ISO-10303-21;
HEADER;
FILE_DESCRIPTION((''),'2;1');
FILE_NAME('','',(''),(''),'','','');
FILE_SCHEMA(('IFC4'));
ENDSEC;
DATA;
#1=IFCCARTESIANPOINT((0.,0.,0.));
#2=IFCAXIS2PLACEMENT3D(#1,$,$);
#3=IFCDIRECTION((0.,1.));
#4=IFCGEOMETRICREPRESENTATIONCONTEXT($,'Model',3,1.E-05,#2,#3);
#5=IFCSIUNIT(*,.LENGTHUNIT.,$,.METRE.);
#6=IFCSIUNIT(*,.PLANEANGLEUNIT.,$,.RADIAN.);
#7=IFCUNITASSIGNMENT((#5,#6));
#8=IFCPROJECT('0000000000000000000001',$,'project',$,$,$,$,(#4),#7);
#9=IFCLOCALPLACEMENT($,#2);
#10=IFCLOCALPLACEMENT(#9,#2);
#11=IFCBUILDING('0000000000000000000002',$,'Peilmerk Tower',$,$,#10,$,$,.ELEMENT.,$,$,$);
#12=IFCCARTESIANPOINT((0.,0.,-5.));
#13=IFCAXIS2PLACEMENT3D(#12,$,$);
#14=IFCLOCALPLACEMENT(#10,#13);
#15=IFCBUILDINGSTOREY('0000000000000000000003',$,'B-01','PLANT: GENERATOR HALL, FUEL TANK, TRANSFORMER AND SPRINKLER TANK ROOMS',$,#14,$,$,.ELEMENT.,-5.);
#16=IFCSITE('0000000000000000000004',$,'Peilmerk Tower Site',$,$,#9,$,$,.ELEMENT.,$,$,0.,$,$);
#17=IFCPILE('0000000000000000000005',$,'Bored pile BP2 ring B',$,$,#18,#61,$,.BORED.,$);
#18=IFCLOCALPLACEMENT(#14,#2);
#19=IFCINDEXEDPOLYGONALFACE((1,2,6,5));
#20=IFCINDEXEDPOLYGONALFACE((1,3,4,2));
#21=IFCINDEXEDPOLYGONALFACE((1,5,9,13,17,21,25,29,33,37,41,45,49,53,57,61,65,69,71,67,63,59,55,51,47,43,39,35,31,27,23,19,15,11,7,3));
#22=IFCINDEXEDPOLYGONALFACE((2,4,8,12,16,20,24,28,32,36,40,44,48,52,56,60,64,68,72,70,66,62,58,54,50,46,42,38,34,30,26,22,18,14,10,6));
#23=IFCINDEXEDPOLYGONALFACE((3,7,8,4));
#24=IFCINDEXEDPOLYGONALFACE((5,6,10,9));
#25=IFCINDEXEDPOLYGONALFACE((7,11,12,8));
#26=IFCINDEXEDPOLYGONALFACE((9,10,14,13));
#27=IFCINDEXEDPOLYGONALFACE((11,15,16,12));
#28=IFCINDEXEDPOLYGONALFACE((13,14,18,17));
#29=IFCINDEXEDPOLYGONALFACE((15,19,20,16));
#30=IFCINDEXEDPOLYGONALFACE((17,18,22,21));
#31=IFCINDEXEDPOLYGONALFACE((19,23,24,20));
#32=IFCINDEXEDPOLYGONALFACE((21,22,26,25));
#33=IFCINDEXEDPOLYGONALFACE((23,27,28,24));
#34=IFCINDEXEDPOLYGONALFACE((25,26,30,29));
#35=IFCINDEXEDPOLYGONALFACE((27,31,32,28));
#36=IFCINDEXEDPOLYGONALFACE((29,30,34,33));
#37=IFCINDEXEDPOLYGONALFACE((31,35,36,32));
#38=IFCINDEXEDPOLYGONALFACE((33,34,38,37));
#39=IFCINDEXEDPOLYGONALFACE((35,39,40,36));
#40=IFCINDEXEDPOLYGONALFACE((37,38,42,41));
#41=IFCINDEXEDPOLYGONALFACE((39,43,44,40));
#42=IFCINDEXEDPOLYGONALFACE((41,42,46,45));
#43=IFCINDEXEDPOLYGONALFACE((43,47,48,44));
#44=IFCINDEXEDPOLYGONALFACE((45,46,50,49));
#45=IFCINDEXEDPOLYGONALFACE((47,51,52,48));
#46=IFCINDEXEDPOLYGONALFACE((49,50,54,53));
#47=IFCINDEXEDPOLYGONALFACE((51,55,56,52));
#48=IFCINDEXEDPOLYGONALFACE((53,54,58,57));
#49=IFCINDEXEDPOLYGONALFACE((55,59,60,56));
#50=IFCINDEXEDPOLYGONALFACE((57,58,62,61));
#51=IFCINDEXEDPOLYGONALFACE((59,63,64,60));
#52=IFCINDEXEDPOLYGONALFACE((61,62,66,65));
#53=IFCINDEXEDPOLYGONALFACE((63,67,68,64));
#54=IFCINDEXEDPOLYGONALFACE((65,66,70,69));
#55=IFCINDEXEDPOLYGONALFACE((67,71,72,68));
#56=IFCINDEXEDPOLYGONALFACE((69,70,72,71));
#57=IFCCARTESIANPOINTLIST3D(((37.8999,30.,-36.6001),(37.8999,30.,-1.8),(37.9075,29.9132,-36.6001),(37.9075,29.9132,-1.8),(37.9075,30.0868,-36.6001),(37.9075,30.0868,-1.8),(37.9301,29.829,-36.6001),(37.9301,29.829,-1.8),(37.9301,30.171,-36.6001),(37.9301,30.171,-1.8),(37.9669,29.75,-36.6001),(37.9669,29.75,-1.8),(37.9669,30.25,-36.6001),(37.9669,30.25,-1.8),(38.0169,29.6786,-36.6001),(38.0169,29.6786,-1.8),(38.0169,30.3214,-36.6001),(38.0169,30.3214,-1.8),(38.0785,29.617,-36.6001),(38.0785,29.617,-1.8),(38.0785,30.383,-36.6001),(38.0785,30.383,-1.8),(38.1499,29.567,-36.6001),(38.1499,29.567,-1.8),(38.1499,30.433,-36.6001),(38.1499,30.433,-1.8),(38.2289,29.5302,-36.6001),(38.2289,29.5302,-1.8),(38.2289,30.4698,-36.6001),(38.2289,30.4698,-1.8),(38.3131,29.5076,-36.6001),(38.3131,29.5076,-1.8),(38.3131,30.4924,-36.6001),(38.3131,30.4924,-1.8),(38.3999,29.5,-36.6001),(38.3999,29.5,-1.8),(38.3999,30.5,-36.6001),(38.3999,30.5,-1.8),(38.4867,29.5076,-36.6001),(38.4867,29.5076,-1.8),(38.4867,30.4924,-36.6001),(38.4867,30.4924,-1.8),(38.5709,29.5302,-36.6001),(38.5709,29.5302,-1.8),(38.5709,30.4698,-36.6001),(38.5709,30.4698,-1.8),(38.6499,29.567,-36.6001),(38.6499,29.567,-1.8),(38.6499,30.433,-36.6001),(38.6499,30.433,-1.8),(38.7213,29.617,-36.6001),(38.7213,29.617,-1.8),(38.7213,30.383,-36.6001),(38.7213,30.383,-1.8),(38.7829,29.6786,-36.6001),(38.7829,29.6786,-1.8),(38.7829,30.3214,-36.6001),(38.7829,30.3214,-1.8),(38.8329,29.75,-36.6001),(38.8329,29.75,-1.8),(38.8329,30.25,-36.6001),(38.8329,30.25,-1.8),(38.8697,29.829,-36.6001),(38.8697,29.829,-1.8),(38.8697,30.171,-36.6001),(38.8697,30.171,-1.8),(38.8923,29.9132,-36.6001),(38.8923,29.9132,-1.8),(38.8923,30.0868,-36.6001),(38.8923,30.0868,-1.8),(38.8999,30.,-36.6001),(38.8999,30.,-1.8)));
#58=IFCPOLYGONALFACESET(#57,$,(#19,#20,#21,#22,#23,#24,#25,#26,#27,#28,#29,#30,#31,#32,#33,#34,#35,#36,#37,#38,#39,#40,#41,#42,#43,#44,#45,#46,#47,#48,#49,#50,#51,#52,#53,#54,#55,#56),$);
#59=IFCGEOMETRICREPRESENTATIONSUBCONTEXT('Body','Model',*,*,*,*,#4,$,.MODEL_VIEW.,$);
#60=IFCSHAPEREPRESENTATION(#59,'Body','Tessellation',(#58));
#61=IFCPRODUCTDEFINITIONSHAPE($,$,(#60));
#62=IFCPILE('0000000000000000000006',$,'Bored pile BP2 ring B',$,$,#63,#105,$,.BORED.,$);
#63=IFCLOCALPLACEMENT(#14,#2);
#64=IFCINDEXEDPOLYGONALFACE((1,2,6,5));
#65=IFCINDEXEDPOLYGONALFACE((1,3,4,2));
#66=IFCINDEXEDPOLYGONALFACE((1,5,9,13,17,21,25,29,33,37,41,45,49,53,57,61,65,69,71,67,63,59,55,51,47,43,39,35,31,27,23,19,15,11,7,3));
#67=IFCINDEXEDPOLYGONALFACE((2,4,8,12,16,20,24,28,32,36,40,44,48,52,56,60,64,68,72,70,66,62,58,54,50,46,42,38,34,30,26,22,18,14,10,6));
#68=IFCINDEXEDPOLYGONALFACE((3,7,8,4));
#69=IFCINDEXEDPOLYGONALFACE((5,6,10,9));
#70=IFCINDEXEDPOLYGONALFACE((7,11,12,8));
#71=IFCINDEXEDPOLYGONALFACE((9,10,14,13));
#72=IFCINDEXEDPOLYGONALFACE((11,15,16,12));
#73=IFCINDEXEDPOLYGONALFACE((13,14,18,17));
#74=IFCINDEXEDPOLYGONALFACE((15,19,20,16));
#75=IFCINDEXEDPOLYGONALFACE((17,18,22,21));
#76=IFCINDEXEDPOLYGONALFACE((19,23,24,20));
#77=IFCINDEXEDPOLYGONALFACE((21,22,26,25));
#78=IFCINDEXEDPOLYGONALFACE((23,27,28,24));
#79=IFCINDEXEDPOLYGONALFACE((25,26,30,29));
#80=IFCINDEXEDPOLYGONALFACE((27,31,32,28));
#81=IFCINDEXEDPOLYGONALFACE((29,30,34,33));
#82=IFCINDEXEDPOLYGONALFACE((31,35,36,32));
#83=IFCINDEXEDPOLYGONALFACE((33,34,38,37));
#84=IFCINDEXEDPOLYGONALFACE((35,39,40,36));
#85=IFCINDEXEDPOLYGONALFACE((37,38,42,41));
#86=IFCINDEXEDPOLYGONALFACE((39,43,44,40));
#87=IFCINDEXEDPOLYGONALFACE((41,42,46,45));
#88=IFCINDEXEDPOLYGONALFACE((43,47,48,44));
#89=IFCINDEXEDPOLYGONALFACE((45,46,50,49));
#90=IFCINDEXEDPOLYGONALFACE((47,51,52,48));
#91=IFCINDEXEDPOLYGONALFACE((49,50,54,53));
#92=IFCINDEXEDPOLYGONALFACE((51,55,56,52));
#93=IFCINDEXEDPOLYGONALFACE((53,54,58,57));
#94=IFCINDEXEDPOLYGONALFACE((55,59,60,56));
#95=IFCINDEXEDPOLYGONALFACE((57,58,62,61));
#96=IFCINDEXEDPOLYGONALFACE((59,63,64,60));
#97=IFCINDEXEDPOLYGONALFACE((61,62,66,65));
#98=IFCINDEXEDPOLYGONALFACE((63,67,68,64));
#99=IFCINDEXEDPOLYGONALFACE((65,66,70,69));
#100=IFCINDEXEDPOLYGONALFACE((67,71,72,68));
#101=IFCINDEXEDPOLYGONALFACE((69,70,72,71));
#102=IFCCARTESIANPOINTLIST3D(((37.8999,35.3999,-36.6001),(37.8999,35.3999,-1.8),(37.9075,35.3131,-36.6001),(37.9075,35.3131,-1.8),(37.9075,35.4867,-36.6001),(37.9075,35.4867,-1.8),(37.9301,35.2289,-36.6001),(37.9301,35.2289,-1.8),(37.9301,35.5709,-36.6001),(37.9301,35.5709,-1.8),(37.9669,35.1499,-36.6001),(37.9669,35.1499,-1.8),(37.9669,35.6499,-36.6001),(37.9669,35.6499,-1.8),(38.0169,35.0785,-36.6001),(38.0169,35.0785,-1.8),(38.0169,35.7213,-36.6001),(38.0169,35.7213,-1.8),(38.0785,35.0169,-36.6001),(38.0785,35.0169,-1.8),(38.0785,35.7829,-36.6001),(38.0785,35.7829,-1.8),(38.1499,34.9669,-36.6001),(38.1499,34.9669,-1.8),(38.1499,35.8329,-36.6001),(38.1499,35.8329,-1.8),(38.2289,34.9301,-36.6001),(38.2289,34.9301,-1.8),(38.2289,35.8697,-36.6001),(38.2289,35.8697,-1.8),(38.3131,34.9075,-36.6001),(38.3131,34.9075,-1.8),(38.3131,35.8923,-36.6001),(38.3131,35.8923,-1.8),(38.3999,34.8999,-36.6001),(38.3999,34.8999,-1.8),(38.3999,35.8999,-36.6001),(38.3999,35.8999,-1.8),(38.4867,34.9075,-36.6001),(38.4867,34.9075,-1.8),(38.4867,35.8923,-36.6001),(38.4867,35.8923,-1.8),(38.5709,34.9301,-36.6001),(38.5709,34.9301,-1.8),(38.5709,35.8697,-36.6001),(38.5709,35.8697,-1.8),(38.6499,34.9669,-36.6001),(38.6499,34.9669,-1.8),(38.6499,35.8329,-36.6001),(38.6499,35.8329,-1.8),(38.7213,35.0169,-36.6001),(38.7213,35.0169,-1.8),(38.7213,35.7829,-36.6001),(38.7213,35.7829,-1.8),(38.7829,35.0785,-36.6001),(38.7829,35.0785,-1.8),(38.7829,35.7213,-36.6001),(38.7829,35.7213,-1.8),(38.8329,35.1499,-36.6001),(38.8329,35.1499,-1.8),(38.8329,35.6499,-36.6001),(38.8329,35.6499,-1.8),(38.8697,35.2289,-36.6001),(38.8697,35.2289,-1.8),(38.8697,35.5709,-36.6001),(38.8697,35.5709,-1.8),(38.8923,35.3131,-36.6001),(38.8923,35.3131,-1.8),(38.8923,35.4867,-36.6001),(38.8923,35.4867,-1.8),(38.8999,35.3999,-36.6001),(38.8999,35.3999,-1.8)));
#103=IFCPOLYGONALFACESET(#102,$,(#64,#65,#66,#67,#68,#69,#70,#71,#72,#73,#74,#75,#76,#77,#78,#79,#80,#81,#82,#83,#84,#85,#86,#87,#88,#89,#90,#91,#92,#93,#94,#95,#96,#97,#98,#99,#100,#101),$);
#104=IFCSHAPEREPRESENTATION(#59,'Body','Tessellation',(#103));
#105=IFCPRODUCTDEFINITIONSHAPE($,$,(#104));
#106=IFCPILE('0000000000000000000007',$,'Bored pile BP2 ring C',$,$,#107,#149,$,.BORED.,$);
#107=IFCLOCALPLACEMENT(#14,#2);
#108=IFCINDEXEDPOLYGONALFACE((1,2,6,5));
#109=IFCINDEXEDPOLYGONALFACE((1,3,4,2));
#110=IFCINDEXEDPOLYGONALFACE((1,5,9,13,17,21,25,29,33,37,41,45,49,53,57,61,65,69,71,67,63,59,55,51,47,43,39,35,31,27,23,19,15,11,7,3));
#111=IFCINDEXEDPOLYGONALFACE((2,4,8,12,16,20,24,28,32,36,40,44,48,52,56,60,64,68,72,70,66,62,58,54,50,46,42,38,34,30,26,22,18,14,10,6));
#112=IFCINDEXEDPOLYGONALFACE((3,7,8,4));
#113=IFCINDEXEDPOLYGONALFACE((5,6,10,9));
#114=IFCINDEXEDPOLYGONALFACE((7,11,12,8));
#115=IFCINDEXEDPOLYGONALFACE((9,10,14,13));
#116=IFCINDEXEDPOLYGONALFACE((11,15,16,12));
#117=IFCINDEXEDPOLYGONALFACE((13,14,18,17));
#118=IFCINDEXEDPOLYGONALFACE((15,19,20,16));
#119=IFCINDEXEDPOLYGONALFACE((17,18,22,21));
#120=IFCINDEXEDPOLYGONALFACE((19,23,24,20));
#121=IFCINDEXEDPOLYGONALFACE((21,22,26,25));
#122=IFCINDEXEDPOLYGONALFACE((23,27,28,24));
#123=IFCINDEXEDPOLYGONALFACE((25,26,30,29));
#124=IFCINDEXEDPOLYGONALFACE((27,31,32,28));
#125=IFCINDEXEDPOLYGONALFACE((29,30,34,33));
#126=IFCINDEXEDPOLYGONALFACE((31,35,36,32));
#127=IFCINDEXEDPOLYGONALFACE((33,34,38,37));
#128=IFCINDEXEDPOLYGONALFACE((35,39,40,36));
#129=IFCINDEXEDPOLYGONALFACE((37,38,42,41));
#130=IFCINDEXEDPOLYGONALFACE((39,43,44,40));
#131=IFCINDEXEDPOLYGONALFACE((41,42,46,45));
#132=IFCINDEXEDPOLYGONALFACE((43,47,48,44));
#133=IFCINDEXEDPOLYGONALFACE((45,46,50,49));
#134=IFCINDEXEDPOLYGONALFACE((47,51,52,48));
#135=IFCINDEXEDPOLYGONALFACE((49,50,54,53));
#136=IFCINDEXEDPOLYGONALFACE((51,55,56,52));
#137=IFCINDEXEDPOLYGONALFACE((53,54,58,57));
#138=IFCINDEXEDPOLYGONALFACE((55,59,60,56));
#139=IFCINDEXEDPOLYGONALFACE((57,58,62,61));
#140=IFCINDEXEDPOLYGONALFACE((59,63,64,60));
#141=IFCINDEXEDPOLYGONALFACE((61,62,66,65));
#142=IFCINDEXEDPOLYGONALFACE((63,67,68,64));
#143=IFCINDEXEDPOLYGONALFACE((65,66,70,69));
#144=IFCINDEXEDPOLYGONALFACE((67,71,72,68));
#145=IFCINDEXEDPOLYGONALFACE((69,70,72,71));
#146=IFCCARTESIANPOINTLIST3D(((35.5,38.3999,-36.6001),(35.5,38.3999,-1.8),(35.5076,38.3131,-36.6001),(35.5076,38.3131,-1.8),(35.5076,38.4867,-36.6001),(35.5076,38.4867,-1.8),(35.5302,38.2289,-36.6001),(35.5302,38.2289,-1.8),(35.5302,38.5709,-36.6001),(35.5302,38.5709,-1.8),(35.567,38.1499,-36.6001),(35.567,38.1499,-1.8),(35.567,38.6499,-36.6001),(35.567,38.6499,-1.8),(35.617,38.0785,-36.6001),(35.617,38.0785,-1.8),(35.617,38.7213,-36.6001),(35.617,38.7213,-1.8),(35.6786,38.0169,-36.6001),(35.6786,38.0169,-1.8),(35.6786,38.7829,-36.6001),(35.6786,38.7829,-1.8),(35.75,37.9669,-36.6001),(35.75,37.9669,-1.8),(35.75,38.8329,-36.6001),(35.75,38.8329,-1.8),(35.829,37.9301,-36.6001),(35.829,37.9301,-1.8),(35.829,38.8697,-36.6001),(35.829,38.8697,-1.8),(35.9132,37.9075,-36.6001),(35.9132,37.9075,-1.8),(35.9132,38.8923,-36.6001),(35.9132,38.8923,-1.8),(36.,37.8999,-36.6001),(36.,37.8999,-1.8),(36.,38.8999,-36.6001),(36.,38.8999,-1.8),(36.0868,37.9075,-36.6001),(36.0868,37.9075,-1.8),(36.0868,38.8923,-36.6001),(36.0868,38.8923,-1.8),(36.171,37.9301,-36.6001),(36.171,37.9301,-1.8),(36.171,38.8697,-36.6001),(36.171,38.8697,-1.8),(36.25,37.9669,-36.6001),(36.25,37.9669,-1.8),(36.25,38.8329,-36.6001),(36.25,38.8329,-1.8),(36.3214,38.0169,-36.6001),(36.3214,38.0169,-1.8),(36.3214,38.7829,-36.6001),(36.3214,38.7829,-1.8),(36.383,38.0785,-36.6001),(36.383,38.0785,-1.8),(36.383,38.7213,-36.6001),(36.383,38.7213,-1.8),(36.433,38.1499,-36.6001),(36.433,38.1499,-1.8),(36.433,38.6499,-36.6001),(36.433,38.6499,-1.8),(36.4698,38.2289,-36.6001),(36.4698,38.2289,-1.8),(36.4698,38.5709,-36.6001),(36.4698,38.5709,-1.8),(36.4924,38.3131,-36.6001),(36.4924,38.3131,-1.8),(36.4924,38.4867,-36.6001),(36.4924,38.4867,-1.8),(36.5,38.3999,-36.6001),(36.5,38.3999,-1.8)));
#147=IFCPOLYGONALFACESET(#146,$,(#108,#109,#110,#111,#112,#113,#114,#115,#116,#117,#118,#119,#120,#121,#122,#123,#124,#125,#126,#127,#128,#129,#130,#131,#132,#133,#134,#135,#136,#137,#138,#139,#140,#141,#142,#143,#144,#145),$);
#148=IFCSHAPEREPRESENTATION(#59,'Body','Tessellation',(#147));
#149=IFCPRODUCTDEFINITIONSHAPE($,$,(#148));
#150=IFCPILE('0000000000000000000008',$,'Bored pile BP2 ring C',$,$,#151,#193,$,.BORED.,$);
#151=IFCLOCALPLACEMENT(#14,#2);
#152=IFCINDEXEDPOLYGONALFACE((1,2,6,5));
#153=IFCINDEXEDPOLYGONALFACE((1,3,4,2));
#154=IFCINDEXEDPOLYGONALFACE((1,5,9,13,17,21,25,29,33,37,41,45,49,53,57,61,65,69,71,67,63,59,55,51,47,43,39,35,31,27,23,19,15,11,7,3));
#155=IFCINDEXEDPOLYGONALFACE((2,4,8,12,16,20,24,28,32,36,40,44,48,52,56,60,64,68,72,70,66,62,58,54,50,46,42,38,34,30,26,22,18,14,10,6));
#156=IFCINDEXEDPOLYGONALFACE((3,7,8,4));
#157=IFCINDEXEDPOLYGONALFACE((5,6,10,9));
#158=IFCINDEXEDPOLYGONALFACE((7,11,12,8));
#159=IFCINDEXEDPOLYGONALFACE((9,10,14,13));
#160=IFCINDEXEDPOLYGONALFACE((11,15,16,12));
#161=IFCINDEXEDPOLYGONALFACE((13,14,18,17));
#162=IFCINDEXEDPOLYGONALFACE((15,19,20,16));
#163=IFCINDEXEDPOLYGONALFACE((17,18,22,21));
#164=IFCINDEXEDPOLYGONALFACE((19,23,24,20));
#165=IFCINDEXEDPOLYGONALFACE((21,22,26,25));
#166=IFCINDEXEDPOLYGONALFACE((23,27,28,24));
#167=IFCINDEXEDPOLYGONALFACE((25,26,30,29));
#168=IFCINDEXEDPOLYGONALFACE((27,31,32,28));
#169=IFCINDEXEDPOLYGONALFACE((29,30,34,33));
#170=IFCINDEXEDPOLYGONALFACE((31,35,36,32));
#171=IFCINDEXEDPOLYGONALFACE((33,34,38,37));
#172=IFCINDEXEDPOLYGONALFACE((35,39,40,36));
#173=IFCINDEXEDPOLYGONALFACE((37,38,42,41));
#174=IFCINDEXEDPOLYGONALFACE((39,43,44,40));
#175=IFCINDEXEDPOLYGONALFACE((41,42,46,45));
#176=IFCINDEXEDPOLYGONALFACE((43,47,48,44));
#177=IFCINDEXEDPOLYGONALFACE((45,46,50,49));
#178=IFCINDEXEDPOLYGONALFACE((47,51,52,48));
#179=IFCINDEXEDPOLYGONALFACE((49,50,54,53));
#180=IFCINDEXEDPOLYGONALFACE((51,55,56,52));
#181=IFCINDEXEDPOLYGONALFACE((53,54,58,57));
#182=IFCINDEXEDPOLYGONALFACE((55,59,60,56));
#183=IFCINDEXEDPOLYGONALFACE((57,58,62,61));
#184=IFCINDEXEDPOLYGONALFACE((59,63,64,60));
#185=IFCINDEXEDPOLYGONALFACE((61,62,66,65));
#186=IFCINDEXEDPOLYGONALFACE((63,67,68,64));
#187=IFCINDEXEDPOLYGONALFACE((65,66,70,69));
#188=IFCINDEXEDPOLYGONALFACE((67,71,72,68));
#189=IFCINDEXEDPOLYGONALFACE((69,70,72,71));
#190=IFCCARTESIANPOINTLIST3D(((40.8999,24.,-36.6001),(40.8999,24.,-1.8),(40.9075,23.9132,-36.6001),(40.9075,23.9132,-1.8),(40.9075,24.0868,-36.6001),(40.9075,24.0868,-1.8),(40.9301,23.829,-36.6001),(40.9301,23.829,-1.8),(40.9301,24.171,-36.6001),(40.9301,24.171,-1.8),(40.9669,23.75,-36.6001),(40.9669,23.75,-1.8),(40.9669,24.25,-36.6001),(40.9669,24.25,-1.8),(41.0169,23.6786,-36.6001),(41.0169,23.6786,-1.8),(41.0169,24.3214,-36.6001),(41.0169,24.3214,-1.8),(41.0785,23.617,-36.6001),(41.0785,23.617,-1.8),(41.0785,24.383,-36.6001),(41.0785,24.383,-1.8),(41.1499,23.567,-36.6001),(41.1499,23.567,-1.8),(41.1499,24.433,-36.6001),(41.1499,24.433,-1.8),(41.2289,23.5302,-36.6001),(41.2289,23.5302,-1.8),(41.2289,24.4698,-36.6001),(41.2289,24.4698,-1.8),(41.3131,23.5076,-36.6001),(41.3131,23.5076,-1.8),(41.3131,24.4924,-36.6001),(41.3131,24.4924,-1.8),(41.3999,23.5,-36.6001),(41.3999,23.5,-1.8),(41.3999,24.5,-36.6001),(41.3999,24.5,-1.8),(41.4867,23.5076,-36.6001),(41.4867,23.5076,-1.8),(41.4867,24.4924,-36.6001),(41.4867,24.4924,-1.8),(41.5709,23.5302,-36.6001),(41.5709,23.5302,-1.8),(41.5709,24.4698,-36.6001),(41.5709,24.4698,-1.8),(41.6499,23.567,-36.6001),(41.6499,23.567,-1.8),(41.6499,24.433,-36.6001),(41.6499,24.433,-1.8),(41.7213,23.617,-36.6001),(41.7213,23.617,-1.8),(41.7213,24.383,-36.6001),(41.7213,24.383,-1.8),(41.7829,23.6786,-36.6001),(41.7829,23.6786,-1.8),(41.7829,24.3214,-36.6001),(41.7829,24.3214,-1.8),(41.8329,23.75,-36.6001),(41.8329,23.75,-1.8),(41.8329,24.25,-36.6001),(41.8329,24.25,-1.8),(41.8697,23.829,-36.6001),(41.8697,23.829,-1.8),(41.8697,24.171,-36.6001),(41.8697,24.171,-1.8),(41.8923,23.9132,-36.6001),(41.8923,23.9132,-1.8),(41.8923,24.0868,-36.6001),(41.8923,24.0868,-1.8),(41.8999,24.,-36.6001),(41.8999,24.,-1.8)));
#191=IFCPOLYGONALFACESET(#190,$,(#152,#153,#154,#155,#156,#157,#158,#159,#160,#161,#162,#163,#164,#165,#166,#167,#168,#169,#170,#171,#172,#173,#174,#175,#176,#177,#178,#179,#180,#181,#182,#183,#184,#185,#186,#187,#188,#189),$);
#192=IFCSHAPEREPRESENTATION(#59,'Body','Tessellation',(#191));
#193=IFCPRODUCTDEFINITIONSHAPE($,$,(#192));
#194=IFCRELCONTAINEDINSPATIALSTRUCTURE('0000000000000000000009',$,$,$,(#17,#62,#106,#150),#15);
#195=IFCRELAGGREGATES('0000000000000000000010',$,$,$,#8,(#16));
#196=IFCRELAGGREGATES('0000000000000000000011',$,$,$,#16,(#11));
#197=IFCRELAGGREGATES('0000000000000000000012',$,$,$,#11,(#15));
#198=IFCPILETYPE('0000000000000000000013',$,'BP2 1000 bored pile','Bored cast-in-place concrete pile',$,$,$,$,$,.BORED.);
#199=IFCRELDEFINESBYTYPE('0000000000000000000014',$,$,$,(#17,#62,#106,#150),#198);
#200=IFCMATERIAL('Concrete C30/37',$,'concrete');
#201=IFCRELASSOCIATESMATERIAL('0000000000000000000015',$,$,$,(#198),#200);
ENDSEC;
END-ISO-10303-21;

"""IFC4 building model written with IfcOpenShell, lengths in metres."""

from ifc_helpers import new_model, si_unit, direction, frame, origin, origin_2d, place, context, subcontext, project, spatial, circle, extrude, material, material_profile, profile_set, type_object, element, save


model = new_model("IFC4")

# Units and contexts
model_context = context("Model", 3, precision=1e-05, world=origin(), true_north=direction((0.0, 1.0)))
body_context = subcontext(model_context, "Body", "Model", "MODEL_VIEW")
ifc_project = project(units=[si_unit("LENGTHUNIT", "METRE"), si_unit("PLANEANGLEUNIT", "RADIAN")], contexts=[model_context])

# Site, building, storey
site_placement = place(None, origin())
site = spatial("IfcSite", under=ifc_project, at=site_placement, Name="Peilmerk Tower Site", CompositionType="ELEMENT", RefElevation=0.0)
building_placement = place(site_placement, origin())
building = spatial("IfcBuilding", under=site, at=building_placement, Name="Peilmerk Tower", CompositionType="ELEMENT")
storey_placement = place(building_placement, frame((0.0, 0.0, -5.0)))
storey = spatial("IfcBuildingStorey", under=building, at=storey_placement, Name="B-01", Description="PLANT: GENERATOR HALL, FUEL TANK, TRANSFORMER AND SPRINKLER TANK ROOMS", CompositionType="ELEMENT", Elevation=-5.0)

# Piles
ifc_material_1 = material(Name="Concrete C30/37", Category="concrete")
ifc_material_profile_1 = material_profile(ifc_material_1, circle(Radius=0.5, at=origin_2d()), Name="BP 1000")
ifc_profile_set_1 = profile_set([ifc_material_profile_1], Name="Concrete C30/37")
pile_type = type_object("IfcPileType", Name="BP2 1000 bored pile", Description="Bored cast-in-place concrete pile", PredefinedType="BORED", material=ifc_profile_set_1)
for number, where, z_axis, x_axis, name in (
    (1, (38.3999, 30.0, -1.8), (0.0, 0.0, -1.0), (1.0, 0.0, 0.0), "Bored pile BP2 ring B"),
    (2, (38.3999, 35.3999, -1.8), (0.0, 0.0, -1.0), (1.0, 0.0, 0.0), "Bored pile BP2 ring B"),
    (3, (36.0, 38.3999, -1.8), (0.0, 0.0, -1.0), (1.0, 0.0, 0.0), "Bored pile BP2 ring C"),
    (4, (41.3999, 24.0, -1.8), (0.0, 0.0, -1.0), (1.0, 0.0, 0.0), "Bored pile BP2 ring C"),
):
    element("IfcPile", number, at=place(storey_placement, frame(where, z_axis=z_axis, x_axis=x_axis)), inside=storey, type_object=pile_type, Name=name, PredefinedType="BORED", context=body_context, shape_type="SweptSolid", body=[
        extrude(circle(Radius=0.5, at=origin_2d()), origin(), (0.0, 0.0, 1.0), 34.8),
    ])

save(model, "model.ifc")
